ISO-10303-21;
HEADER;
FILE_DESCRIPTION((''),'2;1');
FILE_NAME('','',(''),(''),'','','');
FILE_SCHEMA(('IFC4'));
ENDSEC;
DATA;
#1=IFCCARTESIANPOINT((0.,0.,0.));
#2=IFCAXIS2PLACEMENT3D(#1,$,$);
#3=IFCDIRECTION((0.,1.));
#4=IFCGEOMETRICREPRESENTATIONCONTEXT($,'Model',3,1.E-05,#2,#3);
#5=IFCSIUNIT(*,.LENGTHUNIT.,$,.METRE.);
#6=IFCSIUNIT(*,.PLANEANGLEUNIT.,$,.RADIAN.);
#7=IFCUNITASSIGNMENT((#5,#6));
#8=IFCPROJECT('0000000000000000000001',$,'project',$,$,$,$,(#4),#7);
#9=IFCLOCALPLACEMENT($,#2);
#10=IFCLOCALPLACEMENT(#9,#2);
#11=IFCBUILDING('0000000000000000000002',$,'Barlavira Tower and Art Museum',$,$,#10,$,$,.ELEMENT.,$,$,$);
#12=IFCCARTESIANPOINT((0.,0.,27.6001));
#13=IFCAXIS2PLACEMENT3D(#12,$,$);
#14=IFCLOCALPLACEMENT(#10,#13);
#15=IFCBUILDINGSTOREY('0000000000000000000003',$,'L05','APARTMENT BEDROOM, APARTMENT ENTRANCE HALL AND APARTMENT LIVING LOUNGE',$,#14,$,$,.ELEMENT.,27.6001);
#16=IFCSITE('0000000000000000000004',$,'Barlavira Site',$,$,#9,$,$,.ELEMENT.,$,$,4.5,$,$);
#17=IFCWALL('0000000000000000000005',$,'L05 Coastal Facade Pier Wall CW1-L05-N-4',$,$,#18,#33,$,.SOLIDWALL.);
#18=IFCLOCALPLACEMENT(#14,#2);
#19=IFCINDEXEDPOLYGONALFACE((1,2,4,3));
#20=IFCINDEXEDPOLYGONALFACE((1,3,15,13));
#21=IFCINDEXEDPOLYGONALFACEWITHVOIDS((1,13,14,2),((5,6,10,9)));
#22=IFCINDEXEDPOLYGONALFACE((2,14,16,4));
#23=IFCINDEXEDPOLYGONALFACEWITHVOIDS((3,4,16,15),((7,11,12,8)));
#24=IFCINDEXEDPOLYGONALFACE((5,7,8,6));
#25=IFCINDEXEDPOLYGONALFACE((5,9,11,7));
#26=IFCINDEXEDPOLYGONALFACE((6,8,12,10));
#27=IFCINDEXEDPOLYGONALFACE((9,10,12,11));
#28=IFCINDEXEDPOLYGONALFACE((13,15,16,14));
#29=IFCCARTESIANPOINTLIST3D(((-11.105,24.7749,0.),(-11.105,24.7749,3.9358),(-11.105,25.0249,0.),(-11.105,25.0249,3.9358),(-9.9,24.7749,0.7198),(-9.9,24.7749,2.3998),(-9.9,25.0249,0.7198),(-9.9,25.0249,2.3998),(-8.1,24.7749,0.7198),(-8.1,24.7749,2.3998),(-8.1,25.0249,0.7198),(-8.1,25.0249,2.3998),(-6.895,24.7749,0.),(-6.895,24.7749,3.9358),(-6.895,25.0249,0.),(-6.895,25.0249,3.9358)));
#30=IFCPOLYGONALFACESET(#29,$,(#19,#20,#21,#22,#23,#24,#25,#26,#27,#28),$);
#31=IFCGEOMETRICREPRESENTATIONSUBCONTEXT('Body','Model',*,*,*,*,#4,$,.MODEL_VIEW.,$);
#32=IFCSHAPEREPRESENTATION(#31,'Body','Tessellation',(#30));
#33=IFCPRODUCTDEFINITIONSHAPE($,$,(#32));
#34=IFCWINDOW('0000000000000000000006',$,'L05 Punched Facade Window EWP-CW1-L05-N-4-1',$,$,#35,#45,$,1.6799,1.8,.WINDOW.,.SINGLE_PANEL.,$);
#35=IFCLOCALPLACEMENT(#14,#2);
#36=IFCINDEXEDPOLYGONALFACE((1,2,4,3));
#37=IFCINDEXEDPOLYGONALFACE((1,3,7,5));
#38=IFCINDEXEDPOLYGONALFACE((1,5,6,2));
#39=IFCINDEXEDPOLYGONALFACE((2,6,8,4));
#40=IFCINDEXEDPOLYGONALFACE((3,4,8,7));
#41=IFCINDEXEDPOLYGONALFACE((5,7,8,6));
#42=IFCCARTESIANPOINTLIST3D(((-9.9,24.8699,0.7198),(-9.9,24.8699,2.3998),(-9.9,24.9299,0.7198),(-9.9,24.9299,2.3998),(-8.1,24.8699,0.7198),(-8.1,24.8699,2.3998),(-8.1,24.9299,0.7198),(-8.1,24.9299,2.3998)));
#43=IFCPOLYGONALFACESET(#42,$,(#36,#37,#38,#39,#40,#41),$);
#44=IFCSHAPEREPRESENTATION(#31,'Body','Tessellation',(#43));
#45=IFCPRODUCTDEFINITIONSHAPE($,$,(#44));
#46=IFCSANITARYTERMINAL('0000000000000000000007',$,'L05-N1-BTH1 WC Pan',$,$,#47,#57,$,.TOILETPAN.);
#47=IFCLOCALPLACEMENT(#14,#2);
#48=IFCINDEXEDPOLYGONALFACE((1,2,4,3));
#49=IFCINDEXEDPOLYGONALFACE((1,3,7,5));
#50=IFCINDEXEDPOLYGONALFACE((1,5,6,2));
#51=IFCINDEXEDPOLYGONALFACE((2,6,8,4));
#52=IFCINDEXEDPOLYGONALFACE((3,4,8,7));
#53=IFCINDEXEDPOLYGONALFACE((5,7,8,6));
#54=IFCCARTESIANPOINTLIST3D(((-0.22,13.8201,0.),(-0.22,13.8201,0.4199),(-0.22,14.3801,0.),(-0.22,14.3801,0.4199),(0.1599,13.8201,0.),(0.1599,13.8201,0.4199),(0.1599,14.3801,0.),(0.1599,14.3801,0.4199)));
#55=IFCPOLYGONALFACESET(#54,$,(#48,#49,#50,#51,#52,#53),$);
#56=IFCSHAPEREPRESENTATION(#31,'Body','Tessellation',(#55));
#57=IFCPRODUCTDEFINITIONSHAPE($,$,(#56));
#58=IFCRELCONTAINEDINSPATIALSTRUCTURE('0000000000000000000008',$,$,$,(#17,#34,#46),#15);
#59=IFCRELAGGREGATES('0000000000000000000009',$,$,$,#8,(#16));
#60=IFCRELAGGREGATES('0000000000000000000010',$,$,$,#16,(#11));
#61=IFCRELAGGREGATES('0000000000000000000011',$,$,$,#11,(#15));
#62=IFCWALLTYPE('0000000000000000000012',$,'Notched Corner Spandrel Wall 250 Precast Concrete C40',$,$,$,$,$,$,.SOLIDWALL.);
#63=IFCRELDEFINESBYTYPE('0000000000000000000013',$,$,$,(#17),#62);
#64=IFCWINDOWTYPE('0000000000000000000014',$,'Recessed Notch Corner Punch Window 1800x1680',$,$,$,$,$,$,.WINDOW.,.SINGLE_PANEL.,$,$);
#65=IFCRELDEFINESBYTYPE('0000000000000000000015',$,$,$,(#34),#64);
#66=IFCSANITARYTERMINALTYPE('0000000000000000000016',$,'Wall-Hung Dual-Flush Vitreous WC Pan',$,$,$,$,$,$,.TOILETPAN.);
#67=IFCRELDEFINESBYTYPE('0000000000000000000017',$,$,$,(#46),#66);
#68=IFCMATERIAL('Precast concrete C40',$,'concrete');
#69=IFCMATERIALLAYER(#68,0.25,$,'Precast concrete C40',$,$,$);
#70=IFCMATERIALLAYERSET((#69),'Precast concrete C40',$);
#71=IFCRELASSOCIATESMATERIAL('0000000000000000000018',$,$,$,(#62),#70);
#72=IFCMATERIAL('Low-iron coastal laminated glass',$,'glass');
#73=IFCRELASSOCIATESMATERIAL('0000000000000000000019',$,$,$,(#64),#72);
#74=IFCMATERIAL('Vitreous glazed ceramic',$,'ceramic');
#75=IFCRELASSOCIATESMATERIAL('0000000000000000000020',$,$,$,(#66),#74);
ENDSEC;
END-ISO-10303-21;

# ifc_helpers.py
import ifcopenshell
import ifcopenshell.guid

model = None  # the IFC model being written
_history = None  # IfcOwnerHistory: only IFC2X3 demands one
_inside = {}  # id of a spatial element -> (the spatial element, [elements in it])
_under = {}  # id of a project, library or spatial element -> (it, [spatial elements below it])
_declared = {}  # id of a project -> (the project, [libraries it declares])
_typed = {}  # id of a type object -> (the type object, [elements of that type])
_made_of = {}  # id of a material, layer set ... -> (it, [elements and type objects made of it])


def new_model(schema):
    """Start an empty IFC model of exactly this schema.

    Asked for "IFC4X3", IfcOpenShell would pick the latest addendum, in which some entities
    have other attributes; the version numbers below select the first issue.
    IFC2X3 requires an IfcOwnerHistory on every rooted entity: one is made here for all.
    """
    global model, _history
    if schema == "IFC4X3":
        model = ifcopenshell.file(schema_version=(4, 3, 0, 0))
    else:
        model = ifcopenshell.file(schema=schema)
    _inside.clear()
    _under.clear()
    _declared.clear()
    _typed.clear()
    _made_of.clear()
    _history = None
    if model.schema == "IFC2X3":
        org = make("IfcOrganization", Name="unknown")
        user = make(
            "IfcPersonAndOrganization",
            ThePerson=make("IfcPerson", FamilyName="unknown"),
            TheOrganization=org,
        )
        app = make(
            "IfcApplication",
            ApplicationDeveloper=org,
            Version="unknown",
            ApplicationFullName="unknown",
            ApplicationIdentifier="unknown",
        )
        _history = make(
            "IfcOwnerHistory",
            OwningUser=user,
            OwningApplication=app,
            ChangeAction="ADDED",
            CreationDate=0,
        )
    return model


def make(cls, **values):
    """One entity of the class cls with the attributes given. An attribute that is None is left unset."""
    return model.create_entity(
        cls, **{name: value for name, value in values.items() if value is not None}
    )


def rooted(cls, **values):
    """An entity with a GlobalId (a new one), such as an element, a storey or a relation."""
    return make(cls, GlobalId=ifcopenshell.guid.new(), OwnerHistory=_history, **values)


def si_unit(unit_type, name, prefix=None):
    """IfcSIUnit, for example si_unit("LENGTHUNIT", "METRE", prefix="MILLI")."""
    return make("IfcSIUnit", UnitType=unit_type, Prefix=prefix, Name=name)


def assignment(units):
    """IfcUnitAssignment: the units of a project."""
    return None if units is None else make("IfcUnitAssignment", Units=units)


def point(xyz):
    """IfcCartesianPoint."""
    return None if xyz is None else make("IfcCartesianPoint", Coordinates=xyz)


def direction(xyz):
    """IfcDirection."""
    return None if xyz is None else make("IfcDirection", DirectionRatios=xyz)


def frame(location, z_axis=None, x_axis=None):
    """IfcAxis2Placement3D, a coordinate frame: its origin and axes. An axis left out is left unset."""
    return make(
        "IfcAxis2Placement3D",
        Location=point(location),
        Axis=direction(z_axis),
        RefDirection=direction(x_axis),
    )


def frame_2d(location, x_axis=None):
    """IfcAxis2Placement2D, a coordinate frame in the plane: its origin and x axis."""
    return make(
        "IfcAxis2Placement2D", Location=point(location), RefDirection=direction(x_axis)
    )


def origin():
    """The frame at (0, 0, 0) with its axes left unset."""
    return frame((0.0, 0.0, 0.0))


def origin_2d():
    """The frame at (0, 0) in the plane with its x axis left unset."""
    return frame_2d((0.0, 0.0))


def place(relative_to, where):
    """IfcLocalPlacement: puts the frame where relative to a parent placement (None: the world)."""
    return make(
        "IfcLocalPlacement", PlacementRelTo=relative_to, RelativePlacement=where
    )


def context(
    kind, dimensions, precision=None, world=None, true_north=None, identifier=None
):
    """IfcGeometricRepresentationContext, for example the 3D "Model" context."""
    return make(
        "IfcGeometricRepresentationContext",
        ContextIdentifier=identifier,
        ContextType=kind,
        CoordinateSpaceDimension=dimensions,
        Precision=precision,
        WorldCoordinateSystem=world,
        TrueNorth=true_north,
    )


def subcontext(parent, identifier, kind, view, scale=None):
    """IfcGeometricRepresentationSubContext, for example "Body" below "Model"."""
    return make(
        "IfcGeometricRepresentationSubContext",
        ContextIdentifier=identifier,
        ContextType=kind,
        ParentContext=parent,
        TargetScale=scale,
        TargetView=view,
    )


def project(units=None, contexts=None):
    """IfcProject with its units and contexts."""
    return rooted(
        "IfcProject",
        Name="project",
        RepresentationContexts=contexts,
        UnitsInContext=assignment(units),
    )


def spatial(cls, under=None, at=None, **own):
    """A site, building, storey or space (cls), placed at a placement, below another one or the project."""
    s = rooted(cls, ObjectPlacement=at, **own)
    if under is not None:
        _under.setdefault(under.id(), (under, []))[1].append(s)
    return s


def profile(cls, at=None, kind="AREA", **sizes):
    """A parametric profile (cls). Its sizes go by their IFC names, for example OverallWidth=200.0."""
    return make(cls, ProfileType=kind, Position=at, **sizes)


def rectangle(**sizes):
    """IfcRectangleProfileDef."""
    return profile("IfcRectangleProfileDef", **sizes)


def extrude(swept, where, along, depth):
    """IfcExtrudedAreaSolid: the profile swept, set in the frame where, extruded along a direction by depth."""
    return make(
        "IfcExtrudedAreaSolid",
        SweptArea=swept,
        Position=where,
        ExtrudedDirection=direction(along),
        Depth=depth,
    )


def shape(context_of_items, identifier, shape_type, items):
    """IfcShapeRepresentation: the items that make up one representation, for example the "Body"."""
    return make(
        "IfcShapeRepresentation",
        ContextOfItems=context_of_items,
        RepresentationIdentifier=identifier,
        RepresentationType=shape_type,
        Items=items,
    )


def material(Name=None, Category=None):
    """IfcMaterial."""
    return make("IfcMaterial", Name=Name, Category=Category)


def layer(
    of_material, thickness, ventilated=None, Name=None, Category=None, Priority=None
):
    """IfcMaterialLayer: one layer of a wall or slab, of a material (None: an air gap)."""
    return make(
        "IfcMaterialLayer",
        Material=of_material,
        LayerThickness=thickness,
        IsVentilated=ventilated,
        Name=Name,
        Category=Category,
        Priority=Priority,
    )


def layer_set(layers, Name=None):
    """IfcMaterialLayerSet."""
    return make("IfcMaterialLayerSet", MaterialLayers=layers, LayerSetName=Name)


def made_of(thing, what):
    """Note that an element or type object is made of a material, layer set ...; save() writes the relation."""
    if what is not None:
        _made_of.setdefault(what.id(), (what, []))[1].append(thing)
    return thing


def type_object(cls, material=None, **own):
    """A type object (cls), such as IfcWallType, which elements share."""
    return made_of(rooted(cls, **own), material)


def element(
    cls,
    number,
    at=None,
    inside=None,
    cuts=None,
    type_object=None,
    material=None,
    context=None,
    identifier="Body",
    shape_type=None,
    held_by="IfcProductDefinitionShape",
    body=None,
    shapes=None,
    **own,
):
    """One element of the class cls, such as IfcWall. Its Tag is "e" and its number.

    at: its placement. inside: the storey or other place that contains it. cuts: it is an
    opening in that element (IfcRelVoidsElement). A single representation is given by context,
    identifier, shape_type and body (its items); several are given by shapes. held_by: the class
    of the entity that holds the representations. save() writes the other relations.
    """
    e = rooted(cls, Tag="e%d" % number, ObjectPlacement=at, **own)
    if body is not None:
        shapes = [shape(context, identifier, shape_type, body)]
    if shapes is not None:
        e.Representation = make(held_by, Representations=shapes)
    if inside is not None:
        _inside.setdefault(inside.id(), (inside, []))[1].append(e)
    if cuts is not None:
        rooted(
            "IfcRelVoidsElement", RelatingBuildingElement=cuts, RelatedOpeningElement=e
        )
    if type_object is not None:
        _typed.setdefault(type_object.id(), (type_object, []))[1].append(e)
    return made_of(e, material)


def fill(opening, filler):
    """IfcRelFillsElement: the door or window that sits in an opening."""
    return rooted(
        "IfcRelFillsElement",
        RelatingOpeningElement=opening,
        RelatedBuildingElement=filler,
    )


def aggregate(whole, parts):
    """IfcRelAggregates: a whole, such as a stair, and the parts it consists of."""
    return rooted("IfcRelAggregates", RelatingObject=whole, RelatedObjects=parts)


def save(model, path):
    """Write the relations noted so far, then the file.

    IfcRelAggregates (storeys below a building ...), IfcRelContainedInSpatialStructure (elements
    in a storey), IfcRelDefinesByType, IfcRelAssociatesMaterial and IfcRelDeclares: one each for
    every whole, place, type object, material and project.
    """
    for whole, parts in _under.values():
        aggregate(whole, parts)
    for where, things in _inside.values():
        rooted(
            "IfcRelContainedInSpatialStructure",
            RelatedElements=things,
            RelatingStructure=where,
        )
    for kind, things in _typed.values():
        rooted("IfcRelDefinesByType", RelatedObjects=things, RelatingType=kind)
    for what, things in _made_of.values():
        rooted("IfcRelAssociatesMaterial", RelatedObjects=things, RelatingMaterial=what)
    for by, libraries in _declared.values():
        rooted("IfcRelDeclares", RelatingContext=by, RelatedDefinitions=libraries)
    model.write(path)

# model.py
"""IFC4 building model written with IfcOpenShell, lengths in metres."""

from ifc_helpers import new_model, si_unit, direction, frame, frame_2d, origin, origin_2d, place, context, subcontext, project, spatial, rectangle, extrude, material, layer, layer_set, type_object, element, fill, save


model = new_model("IFC4")

# Units and contexts
model_context = context("Model", 3, precision=1e-05, world=origin(), true_north=direction((0.0, 1.0)))
body_context = subcontext(model_context, "Body", "Model", "MODEL_VIEW")
ifc_project = project(units=[si_unit("LENGTHUNIT", "METRE"), si_unit("PLANEANGLEUNIT", "RADIAN")], contexts=[model_context])

# Site, building, storey
site_placement = place(None, origin())
site = spatial("IfcSite", under=ifc_project, at=site_placement, Name="Barlavira Site", CompositionType="ELEMENT", RefElevation=4.5)
building_placement = place(site_placement, origin())
building = spatial("IfcBuilding", under=site, at=building_placement, Name="Barlavira Tower and Art Museum", CompositionType="ELEMENT")
storey_placement = place(building_placement, frame((0.0, 0.0, 27.6001)))
storey = spatial("IfcBuildingStorey", under=building, at=storey_placement, Name="L05", Description="APARTMENT BEDROOM, APARTMENT ENTRANCE HALL AND APARTMENT LIVING LOUNGE", CompositionType="ELEMENT", Elevation=27.6001)

# Shared definitions
ifc_material_1 = material(Name="Low-iron coastal laminated glass", Category="glass")

# Wall, opening, window
ifc_material_2 = material(Name="Precast concrete C40", Category="concrete")
ifc_layer_1 = layer(ifc_material_2, 0.25, Name="Precast concrete C40")
ifc_layer_set_1 = layer_set([ifc_layer_1], Name="Precast concrete C40")
wall_type_1 = type_object("IfcWallType", Name="Notched Corner Spandrel Wall 250 Precast Concrete C40", PredefinedType="SOLIDWALL", material=ifc_layer_set_1)
wall_1_placement = place(storey_placement, frame((-6.895, 24.8999, 0.0), z_axis=(0.0, 0.0, 1.0), x_axis=(-1.0, 0.0, 0.0)))
wall_1 = element("IfcWall", 1, at=wall_1_placement, inside=storey, type_object=wall_type_1, Name="L05 Coastal Facade Pier Wall CW1-L05-N-4", PredefinedType="SOLIDWALL", context=body_context, shape_type="SweptSolid", body=[
    extrude(rectangle(XDim=4.21, YDim=0.25, at=frame_2d((2.105, 0.0))), origin(), (0.0, 0.0, 1.0), 3.9358),
])
opening_1_placement = place(wall_1_placement, frame((1.2051, 0.0, 0.72)))
opening_1 = element("IfcOpeningElement", 2, at=opening_1_placement, cuts=wall_1, PredefinedType="OPENING", context=body_context, shape_type="SweptSolid", body=[
    extrude(rectangle(XDim=1.8, YDim=1.6799, at=frame_2d((0.8999, 0.8398))), frame((0.0, 0.135, 0.0), z_axis=(0.0, -1.0, 0.0), x_axis=(1.0, 0.0, 0.0)), (0.0, 0.0, 1.0), 0.27),
])
window_type = type_object("IfcWindowType", Name="Recessed Notch Corner Punch Window 1800x1680", PartitioningType="SINGLE_PANEL", PredefinedType="WINDOW", material=ifc_material_1)
window_placement = place(opening_1_placement, origin())
window = element("IfcWindow", 3, at=window_placement, inside=storey, type_object=window_type, Name="L05 Punched Facade Window EWP-CW1-L05-N-4-1", OverallHeight=1.6799, OverallWidth=1.8, PartitioningType="SINGLE_PANEL", PredefinedType="WINDOW", context=body_context, shape_type="SweptSolid", body=[
    extrude(rectangle(XDim=1.8, YDim=1.6799, at=frame_2d((0.8999, 0.8398))), frame((0.0, 0.03, 0.0), z_axis=(0.0, -1.0, 0.0), x_axis=(1.0, 0.0, 0.0)), (0.0, 0.0, 1.0), 0.0601),
])
fill(opening_1, window)

# Sanitary terminal
ifc_material_3 = material(Name="Vitreous glazed ceramic", Category="ceramic")
sanitary_terminal_type = type_object("IfcSanitaryTerminalType", Name="Wall-Hung Dual-Flush Vitreous WC Pan", PredefinedType="TOILETPAN", material=ifc_material_3)
sanitary_terminal_placement = place(storey_placement, frame((-0.03, 14.1001, 0.0), z_axis=(0.0, 0.0, 1.0), x_axis=(1.0, 0.0, 0.0)))
element("IfcSanitaryTerminal", 4, at=sanitary_terminal_placement, inside=storey, type_object=sanitary_terminal_type, Name="L05-N1-BTH1 WC Pan", PredefinedType="TOILETPAN", context=body_context, shape_type="SweptSolid", body=[
    extrude(rectangle(XDim=0.3799, YDim=0.5601, at=origin_2d()), origin(), (0.0, 0.0, 1.0), 0.4199),
])

save(model, "model.ifc")
